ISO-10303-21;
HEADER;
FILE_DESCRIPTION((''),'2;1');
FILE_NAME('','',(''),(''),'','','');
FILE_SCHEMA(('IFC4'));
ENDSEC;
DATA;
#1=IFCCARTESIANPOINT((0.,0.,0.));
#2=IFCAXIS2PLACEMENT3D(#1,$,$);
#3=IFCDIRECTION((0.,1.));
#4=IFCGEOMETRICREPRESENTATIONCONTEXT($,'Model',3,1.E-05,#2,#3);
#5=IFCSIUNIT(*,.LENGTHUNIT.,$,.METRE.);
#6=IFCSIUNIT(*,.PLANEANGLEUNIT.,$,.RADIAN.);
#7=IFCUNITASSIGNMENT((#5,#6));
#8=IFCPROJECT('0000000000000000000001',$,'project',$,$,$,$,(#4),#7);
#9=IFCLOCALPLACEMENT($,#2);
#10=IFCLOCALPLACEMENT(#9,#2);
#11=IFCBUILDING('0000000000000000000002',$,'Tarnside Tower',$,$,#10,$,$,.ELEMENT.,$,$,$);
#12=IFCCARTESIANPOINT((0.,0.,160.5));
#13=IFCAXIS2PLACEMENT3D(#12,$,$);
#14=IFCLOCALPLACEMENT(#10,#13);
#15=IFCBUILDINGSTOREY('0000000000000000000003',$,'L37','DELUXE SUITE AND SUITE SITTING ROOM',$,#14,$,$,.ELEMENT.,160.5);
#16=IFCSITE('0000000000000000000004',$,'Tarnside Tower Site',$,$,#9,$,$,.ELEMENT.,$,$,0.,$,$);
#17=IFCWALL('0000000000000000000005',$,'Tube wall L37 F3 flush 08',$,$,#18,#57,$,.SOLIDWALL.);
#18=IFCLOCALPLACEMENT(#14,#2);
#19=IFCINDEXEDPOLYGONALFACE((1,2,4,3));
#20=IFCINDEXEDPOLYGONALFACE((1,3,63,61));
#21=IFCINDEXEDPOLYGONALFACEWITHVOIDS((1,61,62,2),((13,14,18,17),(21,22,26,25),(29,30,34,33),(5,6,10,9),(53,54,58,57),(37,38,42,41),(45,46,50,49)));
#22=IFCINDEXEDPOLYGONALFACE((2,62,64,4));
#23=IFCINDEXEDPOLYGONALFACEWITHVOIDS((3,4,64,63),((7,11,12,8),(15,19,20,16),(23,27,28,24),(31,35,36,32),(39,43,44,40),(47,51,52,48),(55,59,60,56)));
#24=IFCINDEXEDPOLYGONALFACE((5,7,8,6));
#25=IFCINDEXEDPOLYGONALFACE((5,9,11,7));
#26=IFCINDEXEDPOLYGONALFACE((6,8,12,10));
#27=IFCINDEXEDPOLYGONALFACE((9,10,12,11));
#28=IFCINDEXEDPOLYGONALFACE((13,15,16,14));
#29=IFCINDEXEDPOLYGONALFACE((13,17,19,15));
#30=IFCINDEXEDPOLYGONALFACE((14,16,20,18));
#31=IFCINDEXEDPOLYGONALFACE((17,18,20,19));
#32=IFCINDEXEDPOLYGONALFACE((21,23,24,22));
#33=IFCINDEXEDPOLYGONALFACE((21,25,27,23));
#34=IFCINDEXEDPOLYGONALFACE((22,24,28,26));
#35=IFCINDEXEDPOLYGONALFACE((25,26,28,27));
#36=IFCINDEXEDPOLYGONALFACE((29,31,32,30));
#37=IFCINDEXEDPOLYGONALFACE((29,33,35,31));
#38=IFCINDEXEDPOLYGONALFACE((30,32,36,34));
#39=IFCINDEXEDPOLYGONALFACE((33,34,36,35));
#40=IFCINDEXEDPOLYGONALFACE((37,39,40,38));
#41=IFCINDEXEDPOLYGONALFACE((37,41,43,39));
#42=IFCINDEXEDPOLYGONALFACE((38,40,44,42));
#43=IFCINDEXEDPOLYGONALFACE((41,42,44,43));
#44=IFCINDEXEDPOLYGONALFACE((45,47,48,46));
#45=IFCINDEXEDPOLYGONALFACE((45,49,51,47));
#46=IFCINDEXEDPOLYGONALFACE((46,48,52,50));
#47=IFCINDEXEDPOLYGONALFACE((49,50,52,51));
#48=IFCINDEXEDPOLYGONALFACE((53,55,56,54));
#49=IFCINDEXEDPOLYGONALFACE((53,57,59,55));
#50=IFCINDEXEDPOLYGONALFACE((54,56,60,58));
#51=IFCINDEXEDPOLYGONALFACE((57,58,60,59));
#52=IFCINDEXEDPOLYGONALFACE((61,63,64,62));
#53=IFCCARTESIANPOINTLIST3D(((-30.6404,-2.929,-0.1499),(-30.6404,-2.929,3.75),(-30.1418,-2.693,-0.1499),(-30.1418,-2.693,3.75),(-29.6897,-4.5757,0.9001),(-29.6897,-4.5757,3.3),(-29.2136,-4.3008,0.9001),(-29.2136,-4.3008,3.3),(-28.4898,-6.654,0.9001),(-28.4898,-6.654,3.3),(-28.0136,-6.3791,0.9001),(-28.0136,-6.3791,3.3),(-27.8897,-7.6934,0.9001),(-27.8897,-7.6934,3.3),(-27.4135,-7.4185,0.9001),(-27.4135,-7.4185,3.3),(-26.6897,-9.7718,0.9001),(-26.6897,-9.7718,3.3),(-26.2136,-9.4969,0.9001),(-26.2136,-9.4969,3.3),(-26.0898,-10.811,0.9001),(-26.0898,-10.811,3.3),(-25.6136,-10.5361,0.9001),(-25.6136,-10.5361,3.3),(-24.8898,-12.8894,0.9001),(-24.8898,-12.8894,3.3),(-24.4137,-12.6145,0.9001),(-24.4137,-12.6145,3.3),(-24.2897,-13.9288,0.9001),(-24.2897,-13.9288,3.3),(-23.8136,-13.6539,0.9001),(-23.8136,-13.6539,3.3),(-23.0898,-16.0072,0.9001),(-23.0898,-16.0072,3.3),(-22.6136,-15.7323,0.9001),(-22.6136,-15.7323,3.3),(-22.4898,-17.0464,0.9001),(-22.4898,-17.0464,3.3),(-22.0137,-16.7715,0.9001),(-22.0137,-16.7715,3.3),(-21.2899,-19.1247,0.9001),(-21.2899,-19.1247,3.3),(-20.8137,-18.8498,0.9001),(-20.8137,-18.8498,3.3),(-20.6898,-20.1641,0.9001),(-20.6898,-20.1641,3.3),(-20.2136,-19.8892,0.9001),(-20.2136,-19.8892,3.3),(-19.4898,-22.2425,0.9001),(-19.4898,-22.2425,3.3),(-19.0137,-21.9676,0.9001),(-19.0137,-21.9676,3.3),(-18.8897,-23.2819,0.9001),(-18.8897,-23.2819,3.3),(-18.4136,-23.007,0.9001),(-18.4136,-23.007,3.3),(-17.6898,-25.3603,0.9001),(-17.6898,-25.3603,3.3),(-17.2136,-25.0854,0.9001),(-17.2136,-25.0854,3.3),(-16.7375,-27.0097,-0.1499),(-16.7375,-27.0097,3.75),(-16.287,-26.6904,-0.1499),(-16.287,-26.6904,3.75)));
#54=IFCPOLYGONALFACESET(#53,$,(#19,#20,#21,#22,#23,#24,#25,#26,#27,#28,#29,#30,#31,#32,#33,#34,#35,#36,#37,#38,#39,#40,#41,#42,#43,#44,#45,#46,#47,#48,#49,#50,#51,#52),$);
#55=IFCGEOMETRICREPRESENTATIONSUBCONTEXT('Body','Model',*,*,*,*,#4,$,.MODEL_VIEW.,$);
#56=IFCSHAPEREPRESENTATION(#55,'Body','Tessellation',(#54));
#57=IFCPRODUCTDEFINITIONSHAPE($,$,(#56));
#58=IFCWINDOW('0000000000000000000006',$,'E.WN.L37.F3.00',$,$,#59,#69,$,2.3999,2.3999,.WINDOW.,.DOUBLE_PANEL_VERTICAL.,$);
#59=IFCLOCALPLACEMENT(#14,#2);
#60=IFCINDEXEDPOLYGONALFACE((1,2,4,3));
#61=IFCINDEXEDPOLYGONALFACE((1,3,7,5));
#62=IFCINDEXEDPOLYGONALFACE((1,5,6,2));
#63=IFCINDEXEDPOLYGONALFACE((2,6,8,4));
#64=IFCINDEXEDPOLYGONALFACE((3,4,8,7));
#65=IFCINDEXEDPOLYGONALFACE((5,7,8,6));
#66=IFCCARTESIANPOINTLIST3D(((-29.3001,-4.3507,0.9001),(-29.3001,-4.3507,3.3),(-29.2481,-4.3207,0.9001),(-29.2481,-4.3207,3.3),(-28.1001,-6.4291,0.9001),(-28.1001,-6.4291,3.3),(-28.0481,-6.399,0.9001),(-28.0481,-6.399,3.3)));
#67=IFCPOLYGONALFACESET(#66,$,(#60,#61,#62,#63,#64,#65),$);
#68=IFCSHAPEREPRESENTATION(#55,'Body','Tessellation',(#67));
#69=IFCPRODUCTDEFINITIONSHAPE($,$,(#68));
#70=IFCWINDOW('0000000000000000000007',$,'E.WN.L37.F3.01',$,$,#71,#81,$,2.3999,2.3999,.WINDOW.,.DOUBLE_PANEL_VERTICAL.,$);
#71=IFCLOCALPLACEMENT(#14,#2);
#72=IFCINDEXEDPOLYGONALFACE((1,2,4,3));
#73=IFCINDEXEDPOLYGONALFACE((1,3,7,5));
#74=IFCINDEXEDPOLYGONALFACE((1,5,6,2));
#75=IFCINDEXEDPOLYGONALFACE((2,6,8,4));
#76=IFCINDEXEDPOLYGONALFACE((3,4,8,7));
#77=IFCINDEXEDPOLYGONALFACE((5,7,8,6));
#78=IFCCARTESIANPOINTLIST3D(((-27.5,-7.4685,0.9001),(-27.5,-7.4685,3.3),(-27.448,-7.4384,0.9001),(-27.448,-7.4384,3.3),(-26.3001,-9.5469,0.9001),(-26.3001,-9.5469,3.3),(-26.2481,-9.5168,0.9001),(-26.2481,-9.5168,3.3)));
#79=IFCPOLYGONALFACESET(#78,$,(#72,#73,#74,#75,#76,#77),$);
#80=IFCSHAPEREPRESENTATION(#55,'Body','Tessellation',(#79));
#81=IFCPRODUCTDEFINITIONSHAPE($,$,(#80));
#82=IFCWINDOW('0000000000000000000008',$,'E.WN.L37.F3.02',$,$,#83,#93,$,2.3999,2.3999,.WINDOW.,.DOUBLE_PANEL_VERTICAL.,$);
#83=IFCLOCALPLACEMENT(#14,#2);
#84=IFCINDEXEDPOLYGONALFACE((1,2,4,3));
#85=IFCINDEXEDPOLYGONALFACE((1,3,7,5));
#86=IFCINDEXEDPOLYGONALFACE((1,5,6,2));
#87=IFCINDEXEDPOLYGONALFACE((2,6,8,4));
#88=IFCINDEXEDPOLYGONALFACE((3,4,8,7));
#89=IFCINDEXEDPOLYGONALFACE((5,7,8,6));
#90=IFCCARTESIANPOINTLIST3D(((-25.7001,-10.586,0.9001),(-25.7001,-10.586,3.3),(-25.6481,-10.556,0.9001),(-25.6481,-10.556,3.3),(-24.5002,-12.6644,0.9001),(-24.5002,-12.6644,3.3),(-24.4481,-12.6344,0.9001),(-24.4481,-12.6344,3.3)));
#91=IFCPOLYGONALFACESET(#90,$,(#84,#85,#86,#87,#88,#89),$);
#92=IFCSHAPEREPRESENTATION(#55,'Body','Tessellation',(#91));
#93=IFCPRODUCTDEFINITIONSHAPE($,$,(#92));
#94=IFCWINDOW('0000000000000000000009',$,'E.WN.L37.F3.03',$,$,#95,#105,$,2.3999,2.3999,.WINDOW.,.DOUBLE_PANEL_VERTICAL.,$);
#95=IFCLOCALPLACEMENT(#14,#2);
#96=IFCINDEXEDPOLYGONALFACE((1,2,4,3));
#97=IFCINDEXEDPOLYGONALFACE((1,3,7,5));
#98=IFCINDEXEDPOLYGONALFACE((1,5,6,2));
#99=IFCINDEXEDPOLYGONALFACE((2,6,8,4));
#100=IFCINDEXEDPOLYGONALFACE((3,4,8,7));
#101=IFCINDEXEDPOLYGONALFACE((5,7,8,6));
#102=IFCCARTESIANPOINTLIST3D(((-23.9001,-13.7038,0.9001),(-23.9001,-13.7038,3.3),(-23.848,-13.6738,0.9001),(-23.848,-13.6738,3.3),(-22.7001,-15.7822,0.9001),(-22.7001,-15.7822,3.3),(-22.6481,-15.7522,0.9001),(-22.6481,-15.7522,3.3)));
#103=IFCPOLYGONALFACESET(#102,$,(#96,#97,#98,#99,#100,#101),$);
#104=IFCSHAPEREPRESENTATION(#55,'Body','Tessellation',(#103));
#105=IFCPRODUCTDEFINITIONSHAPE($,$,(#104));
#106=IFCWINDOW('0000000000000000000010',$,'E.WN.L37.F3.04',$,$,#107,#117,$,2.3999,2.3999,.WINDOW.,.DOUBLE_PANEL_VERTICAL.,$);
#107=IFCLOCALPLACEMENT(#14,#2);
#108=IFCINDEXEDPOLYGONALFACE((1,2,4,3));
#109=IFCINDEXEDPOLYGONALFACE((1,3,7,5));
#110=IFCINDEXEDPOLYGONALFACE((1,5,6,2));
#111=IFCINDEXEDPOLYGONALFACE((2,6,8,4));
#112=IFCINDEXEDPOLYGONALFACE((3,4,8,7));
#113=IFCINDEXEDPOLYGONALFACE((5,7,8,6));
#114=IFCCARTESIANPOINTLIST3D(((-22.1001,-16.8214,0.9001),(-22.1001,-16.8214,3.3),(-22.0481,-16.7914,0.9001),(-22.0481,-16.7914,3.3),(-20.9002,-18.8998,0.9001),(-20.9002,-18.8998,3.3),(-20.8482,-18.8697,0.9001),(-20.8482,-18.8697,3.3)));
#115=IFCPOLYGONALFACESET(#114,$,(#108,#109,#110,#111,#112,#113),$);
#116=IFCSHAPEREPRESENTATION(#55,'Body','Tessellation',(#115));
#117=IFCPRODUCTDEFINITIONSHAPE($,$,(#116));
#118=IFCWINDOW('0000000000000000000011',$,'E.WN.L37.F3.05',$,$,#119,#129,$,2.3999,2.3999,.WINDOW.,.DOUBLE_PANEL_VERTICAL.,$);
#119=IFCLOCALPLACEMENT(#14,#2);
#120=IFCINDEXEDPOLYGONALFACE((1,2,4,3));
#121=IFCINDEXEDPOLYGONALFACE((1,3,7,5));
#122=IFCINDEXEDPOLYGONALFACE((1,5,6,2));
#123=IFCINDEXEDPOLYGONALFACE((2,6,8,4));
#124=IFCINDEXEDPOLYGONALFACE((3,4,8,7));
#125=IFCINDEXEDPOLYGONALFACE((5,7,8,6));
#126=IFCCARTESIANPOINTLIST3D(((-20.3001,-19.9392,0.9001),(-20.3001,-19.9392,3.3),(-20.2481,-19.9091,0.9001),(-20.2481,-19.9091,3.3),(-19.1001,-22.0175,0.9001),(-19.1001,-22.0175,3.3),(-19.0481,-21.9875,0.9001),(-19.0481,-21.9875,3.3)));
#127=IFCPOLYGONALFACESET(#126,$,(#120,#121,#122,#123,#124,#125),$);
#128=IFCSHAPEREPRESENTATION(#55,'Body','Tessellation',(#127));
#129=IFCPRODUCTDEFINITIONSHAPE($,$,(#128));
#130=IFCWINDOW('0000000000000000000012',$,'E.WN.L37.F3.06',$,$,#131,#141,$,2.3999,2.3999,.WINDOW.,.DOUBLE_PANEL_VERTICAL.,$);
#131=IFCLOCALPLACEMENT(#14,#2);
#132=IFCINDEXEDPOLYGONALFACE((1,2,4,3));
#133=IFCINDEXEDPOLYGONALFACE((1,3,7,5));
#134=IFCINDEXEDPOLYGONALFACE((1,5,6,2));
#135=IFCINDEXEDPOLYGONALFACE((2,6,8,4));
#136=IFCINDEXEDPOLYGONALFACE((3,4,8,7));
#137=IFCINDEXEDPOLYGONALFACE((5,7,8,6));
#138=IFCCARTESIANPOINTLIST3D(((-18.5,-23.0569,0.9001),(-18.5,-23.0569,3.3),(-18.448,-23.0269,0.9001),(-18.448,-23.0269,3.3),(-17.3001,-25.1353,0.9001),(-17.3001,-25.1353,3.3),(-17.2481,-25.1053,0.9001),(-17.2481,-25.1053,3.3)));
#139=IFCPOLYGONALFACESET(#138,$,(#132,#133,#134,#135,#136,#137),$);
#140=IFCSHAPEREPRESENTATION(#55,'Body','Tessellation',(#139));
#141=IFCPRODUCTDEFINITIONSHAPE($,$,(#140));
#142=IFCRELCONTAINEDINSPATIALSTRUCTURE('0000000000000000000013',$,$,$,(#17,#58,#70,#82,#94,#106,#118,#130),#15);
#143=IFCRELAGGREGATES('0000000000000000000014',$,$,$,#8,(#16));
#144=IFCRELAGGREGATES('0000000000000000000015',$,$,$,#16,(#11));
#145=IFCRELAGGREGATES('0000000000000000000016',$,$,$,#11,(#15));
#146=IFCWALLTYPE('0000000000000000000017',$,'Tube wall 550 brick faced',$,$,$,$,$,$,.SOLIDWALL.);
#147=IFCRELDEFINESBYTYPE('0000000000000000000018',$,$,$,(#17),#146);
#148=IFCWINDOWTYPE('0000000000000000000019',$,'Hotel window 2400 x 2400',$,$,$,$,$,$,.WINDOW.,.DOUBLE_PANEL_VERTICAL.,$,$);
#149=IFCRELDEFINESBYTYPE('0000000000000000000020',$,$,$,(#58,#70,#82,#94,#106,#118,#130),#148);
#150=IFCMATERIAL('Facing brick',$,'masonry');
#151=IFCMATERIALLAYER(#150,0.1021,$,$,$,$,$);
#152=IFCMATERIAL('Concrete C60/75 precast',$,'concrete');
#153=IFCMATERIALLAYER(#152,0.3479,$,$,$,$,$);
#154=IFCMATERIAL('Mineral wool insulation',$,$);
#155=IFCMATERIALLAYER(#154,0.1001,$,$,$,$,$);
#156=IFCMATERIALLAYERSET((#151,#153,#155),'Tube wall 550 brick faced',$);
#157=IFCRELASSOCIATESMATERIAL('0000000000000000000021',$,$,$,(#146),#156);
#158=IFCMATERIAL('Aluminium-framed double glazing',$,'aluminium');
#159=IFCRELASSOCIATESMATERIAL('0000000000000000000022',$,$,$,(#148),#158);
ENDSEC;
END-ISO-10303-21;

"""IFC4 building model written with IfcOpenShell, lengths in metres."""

from ifc_helpers import new_model, si_unit, direction, frame, frame_2d, origin, place, context, subcontext, project, spatial, polyline, rectangle, outline, extrude, material, layer, layer_set, type_object, element, fill, save


model = new_model("IFC4")

# Units and contexts
model_context = context("Model", 3, precision=1e-05, world=origin(), true_north=direction((0.0, 1.0)))
body_context = subcontext(model_context, "Body", "Model", "MODEL_VIEW")
ifc_project = project(units=[si_unit("LENGTHUNIT", "METRE"), si_unit("PLANEANGLEUNIT", "RADIAN")], contexts=[model_context])

# Site, building, storey
site_placement = place(None, origin())
site = spatial("IfcSite", under=ifc_project, at=site_placement, Name="Tarnside Tower Site", CompositionType="ELEMENT", RefElevation=0.0)
building_placement = place(site_placement, origin())
building = spatial("IfcBuilding", under=site, at=building_placement, Name="Tarnside Tower", CompositionType="ELEMENT")
storey_placement = place(building_placement, frame((0.0, 0.0, 160.5)))
storey = spatial("IfcBuildingStorey", under=building, at=storey_placement, Name="L37", Description="DELUXE SUITE AND SUITE SITTING ROOM", CompositionType="ELEMENT", Elevation=160.5)

# Shared definitions
ifc_material_1 = material(Name="Facing brick", Category="masonry")
ifc_layer_1 = layer(ifc_material_1, 0.1021)
ifc_material_2 = material(Name="Concrete C60/75 precast", Category="concrete")
ifc_layer_2 = layer(ifc_material_2, 0.3479)
ifc_material_3 = material(Name="Mineral wool insulation")
ifc_layer_3 = layer(ifc_material_3, 0.1001)
ifc_layer_set_1 = layer_set([ifc_layer_1, ifc_layer_2, ifc_layer_3], Name="Tube wall 550 brick faced")
wall_type_1 = type_object("IfcWallType", Name="Tube wall 550 brick faced", PredefinedType="SOLIDWALL", material=ifc_layer_set_1)

# Wall, openings, windows
wall_1_placement = place(storey_placement, frame((-30.3911, -2.811, -0.1499), z_axis=(0.0, 0.0, 1.0), x_axis=(0.499999, -0.866026, 0.0)))
wall_1 = element("IfcWall", 1, at=wall_1_placement, inside=storey, type_object=wall_type_1, Name="Tube wall L37 F3 flush 08", PredefinedType="SOLIDWALL", context=body_context, shape_type="SweptSolid", body=[
    extrude(outline(polyline([(-0.0225, -0.2749), (27.7834, -0.2749), (27.7322, 0.2749), (0.0225, 0.2749), (-0.0225, -0.2749)])), origin(), (0.0, 0.0, 1.0), 3.8999),
])
opening_1_placement = place(wall_1_placement, frame((1.8789, 0.0, 1.05)))
opening_1 = element("IfcOpeningElement", 2, at=opening_1_placement, cuts=wall_1, PredefinedType="OPENING", context=body_context, shape_type="SweptSolid", body=[
    extrude(rectangle(XDim=2.3999, YDim=2.3999, at=frame_2d((1.2, 1.2))), frame((0.0, 0.2852, 0.0), z_axis=(0.0, -1.0, 0.0), x_axis=(1.0, 0.0, 0.0)), (0.0, 0.0, 1.0), 0.5701),
])
opening_2_placement = place(wall_1_placement, frame((5.479, 0.0, 1.05)))
opening_2 = element("IfcOpeningElement", 3, at=opening_2_placement, cuts=wall_1, PredefinedType="OPENING", context=body_context, shape_type="SweptSolid", body=[
    extrude(rectangle(XDim=2.3999, YDim=2.3999, at=frame_2d((1.2, 1.2))), frame((0.0, 0.2852, 0.0), z_axis=(0.0, -1.0, 0.0), x_axis=(1.0, 0.0, 0.0)), (0.0, 0.0, 1.0), 0.5701),
])
opening_3_placement = place(wall_1_placement, frame((9.0789, 0.0, 1.05)))
opening_3 = element("IfcOpeningElement", 4, at=opening_3_placement, cuts=wall_1, PredefinedType="OPENING", context=body_context, shape_type="SweptSolid", body=[
    extrude(rectangle(XDim=2.3999, YDim=2.3999, at=frame_2d((1.2, 1.2))), frame((0.0, 0.2852, 0.0), z_axis=(0.0, -1.0, 0.0), x_axis=(1.0, 0.0, 0.0)), (0.0, 0.0, 1.0), 0.5701),
])
opening_4_placement = place(wall_1_placement, frame((12.679, 0.0, 1.05)))
opening_4 = element("IfcOpeningElement", 5, at=opening_4_placement, cuts=wall_1, PredefinedType="OPENING", context=body_context, shape_type="SweptSolid", body=[
    extrude(rectangle(XDim=2.3999, YDim=2.3999, at=frame_2d((1.2, 1.2))), frame((0.0, 0.2852, 0.0), z_axis=(0.0, -1.0, 0.0), x_axis=(1.0, 0.0, 0.0)), (0.0, 0.0, 1.0), 0.5701),
])
opening_5_placement = place(wall_1_placement, frame((16.2788, 0.0, 1.05)))
opening_5 = element("IfcOpeningElement", 6, at=opening_5_placement, cuts=wall_1, PredefinedType="OPENING", context=body_context, shape_type="SweptSolid", body=[
    extrude(rectangle(XDim=2.3999, YDim=2.3999, at=frame_2d((1.2, 1.2))), frame((0.0, 0.2852, 0.0), z_axis=(0.0, -1.0, 0.0), x_axis=(1.0, 0.0, 0.0)), (0.0, 0.0, 1.0), 0.5701),
])
opening_6_placement = place(wall_1_placement, frame((19.8789, 0.0, 1.05)))
opening_6 = element("IfcOpeningElement", 7, at=opening_6_placement, cuts=wall_1, PredefinedType="OPENING", context=body_context, shape_type="SweptSolid", body=[
    extrude(rectangle(XDim=2.3999, YDim=2.3999, at=frame_2d((1.2, 1.2))), frame((0.0, 0.2852, 0.0), z_axis=(0.0, -1.0, 0.0), x_axis=(1.0, 0.0, 0.0)), (0.0, 0.0, 1.0), 0.5701),
])
opening_7_placement = place(wall_1_placement, frame((23.479, 0.0, 1.05)))
opening_7 = element("IfcOpeningElement", 8, at=opening_7_placement, cuts=wall_1, PredefinedType="OPENING", context=body_context, shape_type="SweptSolid", body=[
    extrude(rectangle(XDim=2.3999, YDim=2.3999, at=frame_2d((1.2, 1.2))), frame((0.0, 0.2852, 0.0), z_axis=(0.0, -1.0, 0.0), x_axis=(1.0, 0.0, 0.0)), (0.0, 0.0, 1.0), 0.5701),
])
ifc_material_4 = material(Name="Aluminium-framed double glazing", Category="aluminium")
window_type = type_object("IfcWindowType", Name="Hotel window 2400 x 2400", PartitioningType="DOUBLE_PANEL_VERTICAL", PredefinedType="WINDOW", material=ifc_material_4)
window_1_placement = place(opening_1_placement, frame((0.0, 0.2051, 0.0)))
window_1 = element("IfcWindow", 9, at=window_1_placement, inside=storey, type_object=window_type, Name="E.WN.L37.F3.00", OverallHeight=2.3999, OverallWidth=2.3999, PartitioningType="DOUBLE_PANEL_VERTICAL", PredefinedType="WINDOW", context=body_context, shape_type="SweptSolid", body=[
    extrude(rectangle(XDim=2.3999, YDim=2.3999, at=frame_2d((1.2, 1.2))), frame((0.0, 0.03, 0.0), z_axis=(0.0, -1.0, 0.0), x_axis=(1.0, 0.0, 0.0)), (0.0, 0.0, 1.0), 0.0601),
])
fill(opening_1, window_1)
window_2_placement = place(opening_2_placement, frame((0.0, 0.2051, 0.0)))
window_2 = element("IfcWindow", 10, at=window_2_placement, inside=storey, type_object=window_type, Name="E.WN.L37.F3.01", OverallHeight=2.3999, OverallWidth=2.3999, PartitioningType="DOUBLE_PANEL_VERTICAL", PredefinedType="WINDOW", context=body_context, shape_type="SweptSolid", body=[
    extrude(rectangle(XDim=2.3999, YDim=2.3999, at=frame_2d((1.2, 1.2))), frame((0.0, 0.03, 0.0), z_axis=(0.0, -1.0, 0.0), x_axis=(1.0, 0.0, 0.0)), (0.0, 0.0, 1.0), 0.0601),
])
fill(opening_2, window_2)
window_3_placement = place(opening_3_placement, frame((0.0, 0.2051, 0.0)))
window_3 = element("IfcWindow", 11, at=window_3_placement, inside=storey, type_object=window_type, Name="E.WN.L37.F3.02", OverallHeight=2.3999, OverallWidth=2.3999, PartitioningType="DOUBLE_PANEL_VERTICAL", PredefinedType="WINDOW", context=body_context, shape_type="SweptSolid", body=[
    extrude(rectangle(XDim=2.3999, YDim=2.3999, at=frame_2d((1.2, 1.2))), frame((0.0, 0.03, 0.0), z_axis=(0.0, -1.0, 0.0), x_axis=(1.0, 0.0, 0.0)), (0.0, 0.0, 1.0), 0.0601),
])
fill(opening_3, window_3)
window_4_placement = place(opening_4_placement, frame((0.0, 0.2051, 0.0)))
window_4 = element("IfcWindow", 12, at=window_4_placement, inside=storey, type_object=window_type, Name="E.WN.L37.F3.03", OverallHeight=2.3999, OverallWidth=2.3999, PartitioningType="DOUBLE_PANEL_VERTICAL", PredefinedType="WINDOW", context=body_context, shape_type="SweptSolid", body=[
    extrude(rectangle(XDim=2.3999, YDim=2.3999, at=frame_2d((1.2, 1.2))), frame((0.0, 0.03, 0.0), z_axis=(0.0, -1.0, 0.0), x_axis=(1.0, 0.0, 0.0)), (0.0, 0.0, 1.0), 0.0601),
])
fill(opening_4, window_4)
window_5_placement = place(opening_5_placement, frame((0.0, 0.2051, 0.0)))
window_5 = element("IfcWindow", 13, at=window_5_placement, inside=storey, type_object=window_type, Name="E.WN.L37.F3.04", OverallHeight=2.3999, OverallWidth=2.3999, PartitioningType="DOUBLE_PANEL_VERTICAL", PredefinedType="WINDOW", context=body_context, shape_type="SweptSolid", body=[
    extrude(rectangle(XDim=2.3999, YDim=2.3999, at=frame_2d((1.2, 1.2))), frame((0.0, 0.03, 0.0), z_axis=(0.0, -1.0, 0.0), x_axis=(1.0, 0.0, 0.0)), (0.0, 0.0, 1.0), 0.0601),
])
fill(opening_5, window_5)
window_6_placement = place(opening_6_placement, frame((0.0, 0.2051, 0.0)))
window_6 = element("IfcWindow", 14, at=window_6_placement, inside=storey, type_object=window_type, Name="E.WN.L37.F3.05", OverallHeight=2.3999, OverallWidth=2.3999, PartitioningType="DOUBLE_PANEL_VERTICAL", PredefinedType="WINDOW", context=body_context, shape_type="SweptSolid", body=[
    extrude(rectangle(XDim=2.3999, YDim=2.3999, at=frame_2d((1.2, 1.2))), frame((0.0, 0.03, 0.0), z_axis=(0.0, -1.0, 0.0), x_axis=(1.0, 0.0, 0.0)), (0.0, 0.0, 1.0), 0.0601),
])
fill(opening_6, window_6)
window_7_placement = place(opening_7_placement, frame((0.0, 0.2051, 0.0)))
window_7 = element("IfcWindow", 15, at=window_7_placement, inside=storey, type_object=window_type, Name="E.WN.L37.F3.06", OverallHeight=2.3999, OverallWidth=2.3999, PartitioningType="DOUBLE_PANEL_VERTICAL", PredefinedType="WINDOW", context=body_context, shape_type="SweptSolid", body=[
    extrude(rectangle(XDim=2.3999, YDim=2.3999, at=frame_2d((1.2, 1.2))), frame((0.0, 0.03, 0.0), z_axis=(0.0, -1.0, 0.0), x_axis=(1.0, 0.0, 0.0)), (0.0, 0.0, 1.0), 0.0601),
])
fill(opening_7, window_7)

save(model, "model.ifc")
